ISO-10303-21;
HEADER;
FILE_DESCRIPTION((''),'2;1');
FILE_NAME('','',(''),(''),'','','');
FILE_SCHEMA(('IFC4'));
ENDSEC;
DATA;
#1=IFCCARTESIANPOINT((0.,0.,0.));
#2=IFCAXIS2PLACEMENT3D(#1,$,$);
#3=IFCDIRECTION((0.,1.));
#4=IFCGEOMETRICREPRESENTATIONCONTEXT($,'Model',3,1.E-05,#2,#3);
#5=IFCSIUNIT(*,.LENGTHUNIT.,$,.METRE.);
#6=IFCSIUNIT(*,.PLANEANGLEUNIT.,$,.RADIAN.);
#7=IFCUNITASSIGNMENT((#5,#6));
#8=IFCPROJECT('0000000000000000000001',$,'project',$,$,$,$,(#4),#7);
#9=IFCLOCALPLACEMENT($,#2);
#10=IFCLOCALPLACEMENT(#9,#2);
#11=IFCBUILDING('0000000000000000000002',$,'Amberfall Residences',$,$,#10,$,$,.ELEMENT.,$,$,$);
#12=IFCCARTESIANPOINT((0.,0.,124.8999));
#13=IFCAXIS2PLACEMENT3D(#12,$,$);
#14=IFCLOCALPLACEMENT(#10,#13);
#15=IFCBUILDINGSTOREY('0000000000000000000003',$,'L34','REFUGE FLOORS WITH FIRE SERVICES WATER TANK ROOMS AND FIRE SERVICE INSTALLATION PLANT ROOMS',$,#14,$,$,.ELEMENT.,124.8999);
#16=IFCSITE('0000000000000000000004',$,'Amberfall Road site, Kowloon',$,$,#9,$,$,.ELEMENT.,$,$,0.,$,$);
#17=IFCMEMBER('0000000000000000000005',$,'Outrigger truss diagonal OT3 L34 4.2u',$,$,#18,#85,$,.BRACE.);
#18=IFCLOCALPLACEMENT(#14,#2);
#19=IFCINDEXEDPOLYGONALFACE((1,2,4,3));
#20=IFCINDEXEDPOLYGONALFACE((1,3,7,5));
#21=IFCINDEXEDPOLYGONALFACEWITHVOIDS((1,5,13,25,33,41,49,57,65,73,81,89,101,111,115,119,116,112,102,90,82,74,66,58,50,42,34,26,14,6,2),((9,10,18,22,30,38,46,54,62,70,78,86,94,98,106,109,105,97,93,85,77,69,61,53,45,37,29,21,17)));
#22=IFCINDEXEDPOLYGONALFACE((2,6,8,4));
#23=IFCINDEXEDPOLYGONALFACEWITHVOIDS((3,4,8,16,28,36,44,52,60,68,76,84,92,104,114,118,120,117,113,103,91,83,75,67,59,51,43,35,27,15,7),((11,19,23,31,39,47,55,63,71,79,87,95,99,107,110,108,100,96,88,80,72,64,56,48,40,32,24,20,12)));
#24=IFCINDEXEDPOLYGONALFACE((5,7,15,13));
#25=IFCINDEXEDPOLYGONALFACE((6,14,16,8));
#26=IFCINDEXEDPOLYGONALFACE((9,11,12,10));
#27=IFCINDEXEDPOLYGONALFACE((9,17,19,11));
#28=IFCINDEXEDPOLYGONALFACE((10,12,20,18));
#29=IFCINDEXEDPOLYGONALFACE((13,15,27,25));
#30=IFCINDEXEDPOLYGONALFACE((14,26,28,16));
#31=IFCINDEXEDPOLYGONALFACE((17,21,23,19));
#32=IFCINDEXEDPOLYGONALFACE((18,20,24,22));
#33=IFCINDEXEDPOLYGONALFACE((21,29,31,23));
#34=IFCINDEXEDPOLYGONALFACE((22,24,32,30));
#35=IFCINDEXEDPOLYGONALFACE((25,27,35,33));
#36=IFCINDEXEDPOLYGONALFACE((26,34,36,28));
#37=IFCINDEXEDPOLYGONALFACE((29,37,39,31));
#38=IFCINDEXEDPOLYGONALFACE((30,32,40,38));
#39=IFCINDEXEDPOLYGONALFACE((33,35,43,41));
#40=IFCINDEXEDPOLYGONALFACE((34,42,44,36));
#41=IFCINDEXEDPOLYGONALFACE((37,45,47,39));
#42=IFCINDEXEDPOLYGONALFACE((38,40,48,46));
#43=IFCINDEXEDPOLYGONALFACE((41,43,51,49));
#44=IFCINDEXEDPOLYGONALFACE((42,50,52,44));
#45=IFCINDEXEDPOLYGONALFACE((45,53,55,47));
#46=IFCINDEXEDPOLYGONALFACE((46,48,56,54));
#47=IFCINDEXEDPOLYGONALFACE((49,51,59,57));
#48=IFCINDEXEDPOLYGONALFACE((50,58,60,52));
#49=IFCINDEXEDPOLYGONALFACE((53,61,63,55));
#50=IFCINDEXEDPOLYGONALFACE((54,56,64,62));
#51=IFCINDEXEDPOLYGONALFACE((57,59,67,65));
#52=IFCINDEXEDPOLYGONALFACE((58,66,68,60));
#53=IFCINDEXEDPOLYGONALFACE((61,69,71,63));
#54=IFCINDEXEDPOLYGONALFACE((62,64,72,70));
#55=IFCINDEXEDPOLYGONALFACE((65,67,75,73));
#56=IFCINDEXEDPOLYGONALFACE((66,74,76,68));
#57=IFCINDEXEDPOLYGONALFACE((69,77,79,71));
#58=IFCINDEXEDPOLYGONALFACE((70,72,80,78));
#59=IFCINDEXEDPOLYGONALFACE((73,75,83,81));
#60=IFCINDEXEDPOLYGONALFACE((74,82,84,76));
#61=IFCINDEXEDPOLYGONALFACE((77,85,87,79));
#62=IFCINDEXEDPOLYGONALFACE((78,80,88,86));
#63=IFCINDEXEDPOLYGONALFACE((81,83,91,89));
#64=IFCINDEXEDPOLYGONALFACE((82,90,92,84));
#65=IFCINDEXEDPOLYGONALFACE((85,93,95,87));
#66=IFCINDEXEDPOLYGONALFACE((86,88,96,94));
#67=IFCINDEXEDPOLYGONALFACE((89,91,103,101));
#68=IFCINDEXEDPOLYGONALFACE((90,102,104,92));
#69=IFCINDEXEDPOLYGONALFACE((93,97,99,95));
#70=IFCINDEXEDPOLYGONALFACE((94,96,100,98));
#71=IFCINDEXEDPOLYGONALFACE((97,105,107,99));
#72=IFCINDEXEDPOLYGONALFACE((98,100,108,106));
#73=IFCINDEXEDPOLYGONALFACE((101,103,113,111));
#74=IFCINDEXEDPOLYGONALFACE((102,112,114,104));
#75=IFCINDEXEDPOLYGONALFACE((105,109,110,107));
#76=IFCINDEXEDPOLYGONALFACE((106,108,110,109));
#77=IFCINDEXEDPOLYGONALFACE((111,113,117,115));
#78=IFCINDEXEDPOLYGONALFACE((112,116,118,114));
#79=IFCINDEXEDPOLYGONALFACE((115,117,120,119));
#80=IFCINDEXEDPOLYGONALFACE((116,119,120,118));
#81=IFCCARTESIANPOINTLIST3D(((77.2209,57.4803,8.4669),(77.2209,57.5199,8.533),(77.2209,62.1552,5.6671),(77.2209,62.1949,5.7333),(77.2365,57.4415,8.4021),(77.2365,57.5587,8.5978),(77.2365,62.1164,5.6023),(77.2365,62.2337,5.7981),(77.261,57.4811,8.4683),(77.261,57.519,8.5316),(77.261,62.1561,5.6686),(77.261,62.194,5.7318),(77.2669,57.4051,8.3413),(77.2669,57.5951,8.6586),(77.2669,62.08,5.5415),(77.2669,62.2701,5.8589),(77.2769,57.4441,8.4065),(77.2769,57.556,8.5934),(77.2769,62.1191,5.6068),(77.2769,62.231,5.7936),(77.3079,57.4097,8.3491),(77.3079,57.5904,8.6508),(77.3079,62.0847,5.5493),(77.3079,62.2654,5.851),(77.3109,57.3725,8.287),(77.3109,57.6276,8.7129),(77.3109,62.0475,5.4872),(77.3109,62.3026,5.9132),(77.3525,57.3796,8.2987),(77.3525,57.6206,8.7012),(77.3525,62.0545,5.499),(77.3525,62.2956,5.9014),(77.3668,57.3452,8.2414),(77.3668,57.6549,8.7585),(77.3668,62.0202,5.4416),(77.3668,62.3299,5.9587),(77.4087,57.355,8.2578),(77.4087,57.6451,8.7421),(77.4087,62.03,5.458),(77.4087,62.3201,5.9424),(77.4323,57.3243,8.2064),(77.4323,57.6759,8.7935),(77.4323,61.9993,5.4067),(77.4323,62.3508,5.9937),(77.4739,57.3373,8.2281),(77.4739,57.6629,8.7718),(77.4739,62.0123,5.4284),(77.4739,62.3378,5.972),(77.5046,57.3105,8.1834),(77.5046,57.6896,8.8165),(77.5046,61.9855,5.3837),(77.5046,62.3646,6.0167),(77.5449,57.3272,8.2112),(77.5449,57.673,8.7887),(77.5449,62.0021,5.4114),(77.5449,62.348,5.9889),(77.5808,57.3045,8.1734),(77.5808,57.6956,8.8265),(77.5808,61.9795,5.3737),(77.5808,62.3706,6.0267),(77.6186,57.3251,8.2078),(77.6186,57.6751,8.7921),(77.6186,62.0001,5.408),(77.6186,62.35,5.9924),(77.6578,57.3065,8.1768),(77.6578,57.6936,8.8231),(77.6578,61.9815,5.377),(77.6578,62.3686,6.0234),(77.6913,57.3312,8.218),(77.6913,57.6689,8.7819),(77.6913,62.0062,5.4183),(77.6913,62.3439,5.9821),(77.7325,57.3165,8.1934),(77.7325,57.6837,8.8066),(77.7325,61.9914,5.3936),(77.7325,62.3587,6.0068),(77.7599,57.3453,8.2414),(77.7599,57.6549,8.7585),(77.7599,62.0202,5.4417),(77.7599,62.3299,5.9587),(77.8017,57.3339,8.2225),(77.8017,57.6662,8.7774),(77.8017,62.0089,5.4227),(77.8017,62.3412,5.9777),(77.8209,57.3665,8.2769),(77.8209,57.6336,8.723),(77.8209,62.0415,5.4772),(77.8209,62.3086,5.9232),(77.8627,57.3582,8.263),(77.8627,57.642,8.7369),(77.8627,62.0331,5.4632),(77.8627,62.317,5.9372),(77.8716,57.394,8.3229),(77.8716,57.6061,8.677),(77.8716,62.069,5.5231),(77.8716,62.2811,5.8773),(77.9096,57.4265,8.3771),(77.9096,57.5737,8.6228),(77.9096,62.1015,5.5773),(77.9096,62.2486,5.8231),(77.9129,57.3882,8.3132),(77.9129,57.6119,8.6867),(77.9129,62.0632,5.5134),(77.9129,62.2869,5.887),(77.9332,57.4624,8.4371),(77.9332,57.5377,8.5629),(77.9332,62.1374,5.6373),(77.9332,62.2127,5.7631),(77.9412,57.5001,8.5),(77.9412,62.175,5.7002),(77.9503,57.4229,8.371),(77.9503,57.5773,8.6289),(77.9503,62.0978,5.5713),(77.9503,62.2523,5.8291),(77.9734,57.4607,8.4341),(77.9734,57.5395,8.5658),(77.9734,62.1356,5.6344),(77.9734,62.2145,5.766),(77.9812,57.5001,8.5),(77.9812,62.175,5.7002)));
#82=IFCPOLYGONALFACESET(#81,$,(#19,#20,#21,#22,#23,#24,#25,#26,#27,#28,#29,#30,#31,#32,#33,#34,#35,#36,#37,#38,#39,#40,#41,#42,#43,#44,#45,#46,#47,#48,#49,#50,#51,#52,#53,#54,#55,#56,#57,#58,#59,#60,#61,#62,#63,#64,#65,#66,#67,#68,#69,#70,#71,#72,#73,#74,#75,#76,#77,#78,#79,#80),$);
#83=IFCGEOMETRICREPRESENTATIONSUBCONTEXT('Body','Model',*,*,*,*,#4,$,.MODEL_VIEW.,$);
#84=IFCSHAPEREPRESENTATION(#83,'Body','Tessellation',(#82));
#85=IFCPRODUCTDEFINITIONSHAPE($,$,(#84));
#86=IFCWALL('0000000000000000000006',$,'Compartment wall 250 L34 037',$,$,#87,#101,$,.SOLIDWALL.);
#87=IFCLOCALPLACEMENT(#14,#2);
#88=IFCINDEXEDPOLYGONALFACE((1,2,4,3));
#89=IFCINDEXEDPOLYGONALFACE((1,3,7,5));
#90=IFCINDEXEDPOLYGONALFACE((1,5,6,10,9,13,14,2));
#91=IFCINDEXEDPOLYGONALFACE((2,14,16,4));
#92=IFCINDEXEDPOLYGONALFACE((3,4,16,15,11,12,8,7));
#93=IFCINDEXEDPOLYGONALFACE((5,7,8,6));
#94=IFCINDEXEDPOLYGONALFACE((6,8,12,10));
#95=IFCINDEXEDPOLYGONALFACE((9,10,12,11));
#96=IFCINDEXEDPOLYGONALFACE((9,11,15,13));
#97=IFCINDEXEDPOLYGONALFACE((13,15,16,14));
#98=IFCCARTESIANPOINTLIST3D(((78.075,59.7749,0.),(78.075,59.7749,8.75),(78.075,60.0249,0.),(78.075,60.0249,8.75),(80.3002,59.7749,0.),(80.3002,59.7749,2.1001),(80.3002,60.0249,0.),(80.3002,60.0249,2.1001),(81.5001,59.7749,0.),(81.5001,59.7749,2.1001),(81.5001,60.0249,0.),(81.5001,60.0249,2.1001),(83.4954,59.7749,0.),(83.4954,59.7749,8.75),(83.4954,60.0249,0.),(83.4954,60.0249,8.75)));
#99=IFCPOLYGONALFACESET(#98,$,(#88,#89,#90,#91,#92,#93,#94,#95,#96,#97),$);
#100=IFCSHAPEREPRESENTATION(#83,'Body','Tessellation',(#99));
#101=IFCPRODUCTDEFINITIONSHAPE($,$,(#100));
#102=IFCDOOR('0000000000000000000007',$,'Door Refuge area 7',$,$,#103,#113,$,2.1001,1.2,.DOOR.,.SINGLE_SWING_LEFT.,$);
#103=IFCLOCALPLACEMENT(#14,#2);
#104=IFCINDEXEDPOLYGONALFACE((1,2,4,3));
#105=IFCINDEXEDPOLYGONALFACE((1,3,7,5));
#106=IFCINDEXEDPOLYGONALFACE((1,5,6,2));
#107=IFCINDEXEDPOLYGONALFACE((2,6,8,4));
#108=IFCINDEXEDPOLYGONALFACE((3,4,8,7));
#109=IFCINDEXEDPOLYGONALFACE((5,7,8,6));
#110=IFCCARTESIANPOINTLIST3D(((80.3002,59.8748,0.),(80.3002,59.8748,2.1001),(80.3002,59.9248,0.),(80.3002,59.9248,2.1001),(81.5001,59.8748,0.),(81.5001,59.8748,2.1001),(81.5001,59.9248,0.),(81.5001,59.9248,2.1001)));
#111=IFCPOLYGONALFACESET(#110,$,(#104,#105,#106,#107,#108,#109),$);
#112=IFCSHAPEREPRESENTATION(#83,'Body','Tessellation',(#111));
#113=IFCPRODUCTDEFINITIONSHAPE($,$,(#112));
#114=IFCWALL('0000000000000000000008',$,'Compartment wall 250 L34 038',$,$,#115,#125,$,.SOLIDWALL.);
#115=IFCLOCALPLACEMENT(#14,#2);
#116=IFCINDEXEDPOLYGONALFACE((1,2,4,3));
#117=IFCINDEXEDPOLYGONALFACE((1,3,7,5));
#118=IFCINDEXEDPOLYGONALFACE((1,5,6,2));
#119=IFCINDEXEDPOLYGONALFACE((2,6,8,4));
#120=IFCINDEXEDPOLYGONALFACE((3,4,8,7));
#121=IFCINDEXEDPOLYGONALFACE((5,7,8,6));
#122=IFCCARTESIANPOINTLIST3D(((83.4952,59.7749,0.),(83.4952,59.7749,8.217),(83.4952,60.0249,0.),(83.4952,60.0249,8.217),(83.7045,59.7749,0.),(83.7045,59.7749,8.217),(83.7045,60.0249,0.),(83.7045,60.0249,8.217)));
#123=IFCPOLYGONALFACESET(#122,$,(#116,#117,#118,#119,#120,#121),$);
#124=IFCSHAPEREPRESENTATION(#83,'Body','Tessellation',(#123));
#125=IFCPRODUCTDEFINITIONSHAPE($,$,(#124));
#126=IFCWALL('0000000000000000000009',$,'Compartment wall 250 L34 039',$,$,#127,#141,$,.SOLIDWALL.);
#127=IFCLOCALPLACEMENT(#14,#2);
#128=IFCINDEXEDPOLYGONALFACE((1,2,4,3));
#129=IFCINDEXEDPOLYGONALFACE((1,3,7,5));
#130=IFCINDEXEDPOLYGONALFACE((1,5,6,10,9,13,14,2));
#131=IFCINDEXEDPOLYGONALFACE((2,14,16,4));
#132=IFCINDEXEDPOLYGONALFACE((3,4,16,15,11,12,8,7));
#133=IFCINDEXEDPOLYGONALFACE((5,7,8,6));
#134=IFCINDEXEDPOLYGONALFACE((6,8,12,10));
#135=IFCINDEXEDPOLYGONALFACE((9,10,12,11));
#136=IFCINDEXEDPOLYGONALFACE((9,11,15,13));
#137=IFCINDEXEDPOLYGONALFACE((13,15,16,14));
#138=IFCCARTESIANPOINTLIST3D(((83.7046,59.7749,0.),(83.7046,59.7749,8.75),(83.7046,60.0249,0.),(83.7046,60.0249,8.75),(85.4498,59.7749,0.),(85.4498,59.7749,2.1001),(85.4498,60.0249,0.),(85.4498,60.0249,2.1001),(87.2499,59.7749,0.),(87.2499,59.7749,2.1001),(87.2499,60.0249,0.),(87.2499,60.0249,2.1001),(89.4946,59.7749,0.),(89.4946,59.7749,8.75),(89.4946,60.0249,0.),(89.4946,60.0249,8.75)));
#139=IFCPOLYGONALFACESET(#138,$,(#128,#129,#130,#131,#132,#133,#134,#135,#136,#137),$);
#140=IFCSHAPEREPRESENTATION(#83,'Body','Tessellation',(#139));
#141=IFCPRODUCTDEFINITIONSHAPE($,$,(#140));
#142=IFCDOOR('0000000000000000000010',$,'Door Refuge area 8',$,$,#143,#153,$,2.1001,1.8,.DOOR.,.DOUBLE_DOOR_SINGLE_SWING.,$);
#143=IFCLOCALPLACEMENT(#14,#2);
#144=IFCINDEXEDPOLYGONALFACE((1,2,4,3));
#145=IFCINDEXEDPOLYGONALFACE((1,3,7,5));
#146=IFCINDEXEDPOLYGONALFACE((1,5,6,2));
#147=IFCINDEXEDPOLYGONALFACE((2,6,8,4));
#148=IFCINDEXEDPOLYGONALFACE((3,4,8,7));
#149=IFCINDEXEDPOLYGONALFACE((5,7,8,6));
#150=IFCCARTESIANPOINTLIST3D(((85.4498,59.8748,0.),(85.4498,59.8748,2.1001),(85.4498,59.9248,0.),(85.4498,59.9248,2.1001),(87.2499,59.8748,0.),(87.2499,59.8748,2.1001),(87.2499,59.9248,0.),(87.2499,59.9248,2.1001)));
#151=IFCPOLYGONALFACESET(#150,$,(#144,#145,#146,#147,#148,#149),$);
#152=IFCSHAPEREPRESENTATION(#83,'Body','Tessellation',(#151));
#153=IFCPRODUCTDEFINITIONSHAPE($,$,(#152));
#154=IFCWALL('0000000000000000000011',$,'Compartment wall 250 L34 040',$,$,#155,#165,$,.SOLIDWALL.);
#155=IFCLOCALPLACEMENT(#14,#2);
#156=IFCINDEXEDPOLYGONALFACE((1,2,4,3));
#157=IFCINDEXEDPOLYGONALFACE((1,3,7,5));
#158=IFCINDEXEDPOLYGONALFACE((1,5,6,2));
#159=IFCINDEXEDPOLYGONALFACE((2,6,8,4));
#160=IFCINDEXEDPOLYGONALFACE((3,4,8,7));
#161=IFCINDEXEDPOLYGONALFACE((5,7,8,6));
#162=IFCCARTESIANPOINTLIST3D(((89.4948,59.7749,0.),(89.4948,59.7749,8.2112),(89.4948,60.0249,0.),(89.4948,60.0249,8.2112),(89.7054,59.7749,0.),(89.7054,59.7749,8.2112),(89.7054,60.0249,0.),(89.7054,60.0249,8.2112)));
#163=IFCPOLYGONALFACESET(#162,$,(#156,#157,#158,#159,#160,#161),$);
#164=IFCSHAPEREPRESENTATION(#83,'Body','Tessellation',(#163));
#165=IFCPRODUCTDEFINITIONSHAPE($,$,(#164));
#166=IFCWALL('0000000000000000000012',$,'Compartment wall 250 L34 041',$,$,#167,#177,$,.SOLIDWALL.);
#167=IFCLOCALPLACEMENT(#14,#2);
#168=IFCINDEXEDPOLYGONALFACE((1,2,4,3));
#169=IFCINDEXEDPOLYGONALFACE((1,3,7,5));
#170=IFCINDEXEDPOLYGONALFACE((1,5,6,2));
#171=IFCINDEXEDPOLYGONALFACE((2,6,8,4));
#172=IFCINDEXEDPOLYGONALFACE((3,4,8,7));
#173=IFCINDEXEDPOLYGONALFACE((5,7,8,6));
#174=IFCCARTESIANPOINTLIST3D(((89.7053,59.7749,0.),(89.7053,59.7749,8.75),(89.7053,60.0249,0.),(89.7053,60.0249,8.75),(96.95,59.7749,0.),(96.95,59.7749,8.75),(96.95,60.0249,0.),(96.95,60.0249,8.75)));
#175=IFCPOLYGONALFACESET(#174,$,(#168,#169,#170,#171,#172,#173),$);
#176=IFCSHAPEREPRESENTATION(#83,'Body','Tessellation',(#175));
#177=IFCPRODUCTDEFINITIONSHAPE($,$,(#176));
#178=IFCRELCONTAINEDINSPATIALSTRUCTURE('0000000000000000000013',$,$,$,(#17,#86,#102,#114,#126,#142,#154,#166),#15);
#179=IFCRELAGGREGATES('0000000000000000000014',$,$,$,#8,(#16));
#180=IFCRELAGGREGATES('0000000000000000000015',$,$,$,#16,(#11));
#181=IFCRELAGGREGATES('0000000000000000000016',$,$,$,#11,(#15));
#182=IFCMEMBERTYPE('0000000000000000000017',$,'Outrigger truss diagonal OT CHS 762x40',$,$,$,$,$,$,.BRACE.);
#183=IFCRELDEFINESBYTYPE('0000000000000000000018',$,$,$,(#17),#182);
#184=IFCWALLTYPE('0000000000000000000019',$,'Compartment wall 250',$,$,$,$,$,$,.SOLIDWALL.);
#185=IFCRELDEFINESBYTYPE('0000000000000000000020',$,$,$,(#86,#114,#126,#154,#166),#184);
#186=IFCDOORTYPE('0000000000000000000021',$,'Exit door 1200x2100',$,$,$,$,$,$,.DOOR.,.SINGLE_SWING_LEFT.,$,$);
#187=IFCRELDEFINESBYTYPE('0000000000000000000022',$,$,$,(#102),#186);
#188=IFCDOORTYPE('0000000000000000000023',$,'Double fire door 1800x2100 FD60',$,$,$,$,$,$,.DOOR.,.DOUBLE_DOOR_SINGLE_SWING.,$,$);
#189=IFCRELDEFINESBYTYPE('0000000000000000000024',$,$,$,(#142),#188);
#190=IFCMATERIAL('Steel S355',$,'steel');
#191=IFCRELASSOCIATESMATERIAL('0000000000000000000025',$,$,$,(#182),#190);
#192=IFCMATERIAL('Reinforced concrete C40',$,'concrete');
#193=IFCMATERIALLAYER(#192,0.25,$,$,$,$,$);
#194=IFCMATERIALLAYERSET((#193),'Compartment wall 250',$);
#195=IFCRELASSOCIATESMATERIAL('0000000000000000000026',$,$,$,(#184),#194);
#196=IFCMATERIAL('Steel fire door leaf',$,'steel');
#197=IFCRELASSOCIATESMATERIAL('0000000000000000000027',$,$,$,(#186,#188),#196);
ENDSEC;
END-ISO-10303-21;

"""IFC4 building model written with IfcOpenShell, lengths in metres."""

from ifc_helpers import new_model, si_unit, direction, frame, frame_2d, origin, origin_2d, place, context, subcontext, project, spatial, rectangle, hollow_circle, extrude, material, layer, layer_set, material_profile, profile_set, type_object, element, fill, save


model = new_model("IFC4")

# Units and contexts
model_context = context("Model", 3, precision=1e-05, world=origin(), true_north=direction((0.0, 1.0)))
body_context = subcontext(model_context, "Body", "Model", "MODEL_VIEW")
ifc_project = project(units=[si_unit("LENGTHUNIT", "METRE"), si_unit("PLANEANGLEUNIT", "RADIAN")], contexts=[model_context])

# Site, building, storey
site_placement = place(None, origin())
site = spatial("IfcSite", under=ifc_project, at=site_placement, Name="Amberfall Road site, Kowloon", CompositionType="ELEMENT", RefElevation=0.0)
building_placement = place(site_placement, origin())
building = spatial("IfcBuilding", under=site, at=building_placement, Name="Amberfall Residences", CompositionType="ELEMENT")
storey_placement = place(building_placement, frame((0.0, 0.0, 124.8999)))
storey = spatial("IfcBuildingStorey", under=building, at=storey_placement, Name="L34", Description="REFUGE FLOORS WITH FIRE SERVICES WATER TANK ROOMS AND FIRE SERVICE INSTALLATION PLANT ROOMS", CompositionType="ELEMENT", Elevation=124.8999)

# Shared definitions
ifc_material_1 = material(Name="Steel S355", Category="steel")

# Member
ifc_material_profile_1 = material_profile(ifc_material_1, hollow_circle(Radius=0.3811, WallThickness=0.04, at=origin_2d()), Name="CHS 762x40")
ifc_profile_set_1 = profile_set([ifc_material_profile_1], Name="Steel S355")
member_type_1 = type_object("IfcMemberType", Name="Outrigger truss diagonal OT CHS 762x40", PredefinedType="BRACE", material=ifc_profile_set_1)
for number, where, z_axis, x_axis, name in (
    (1, (77.6001, 62.175, 5.7002), (0.0, -0.857916, 0.513791), (1.0, 0.0, 0.0), "Outrigger truss diagonal OT3 L34 4.2u"),
):
    element("IfcMember", number, at=place(storey_placement, frame(where, z_axis=z_axis, x_axis=x_axis)), inside=storey, type_object=member_type_1, Name=name, PredefinedType="BRACE", context=body_context, shape_type="SweptSolid", body=[
        extrude(hollow_circle(Radius=0.3811, WallThickness=0.04, at=origin_2d()), origin(), (0.0, 0.0, 1.0), 5.4492),
    ])

# Wall, opening, door
ifc_material_2 = material(Name="Reinforced concrete C40", Category="concrete")
ifc_layer = layer(ifc_material_2, 0.25)
ifc_layer_set = layer_set([ifc_layer], Name="Compartment wall 250")
wall_type = type_object("IfcWallType", Name="Compartment wall 250", PredefinedType="SOLIDWALL", material=ifc_layer_set)
wall_1_placement = place(storey_placement, frame((78.075, 59.8999, 0.0), z_axis=(0.0, 0.0, 1.0), x_axis=(1.0, 0.0, 0.0)))
wall_1 = element("IfcWall", 2, at=wall_1_placement, inside=storey, type_object=wall_type, Name="Compartment wall 250 L34 037", PredefinedType="SOLIDWALL", context=body_context, shape_type="SweptSolid", body=[
    extrude(rectangle(XDim=5.4204, YDim=0.25, at=frame_2d((2.7102, 0.0))), origin(), (0.0, 0.0, 1.0), 8.75),
])
opening_1_placement = place(wall_1_placement, frame((2.2251, 0.0, 0.0)))
opening_1 = element("IfcOpeningElement", 3, at=opening_1_placement, cuts=wall_1, PredefinedType="OPENING", context=body_context, shape_type="SweptSolid", body=[
    extrude(rectangle(XDim=1.2, YDim=2.1001, at=frame_2d((0.6001, 1.05))), frame((0.0, 0.135, 0.0), z_axis=(0.0, -1.0, 0.0), x_axis=(1.0, 0.0, 0.0)), (0.0, 0.0, 1.0), 0.27),
])
ifc_material_3 = material(Name="Steel fire door leaf", Category="steel")
door_type_1 = type_object("IfcDoorType", Name="Exit door 1200x2100", OperationType="SINGLE_SWING_LEFT", PredefinedType="DOOR", material=ifc_material_3)
door_1_placement = place(opening_1_placement, origin())
door_1 = element("IfcDoor", 4, at=door_1_placement, inside=storey, type_object=door_type_1, Name="Door Refuge area 7", OperationType="SINGLE_SWING_LEFT", OverallHeight=2.1001, OverallWidth=1.2, PredefinedType="DOOR", context=body_context, shape_type="SweptSolid", body=[
    extrude(rectangle(XDim=1.2, YDim=2.1001, at=frame_2d((0.6001, 1.05))), frame((0.0, 0.0249, 0.0), z_axis=(0.0, -1.0, 0.0), x_axis=(1.0, 0.0, 0.0)), (0.0, 0.0, 1.0), 0.05),
])
fill(opening_1, door_1)

# Wall
wall_2_placement = place(storey_placement, frame((83.4954, 59.8999, 0.0), z_axis=(0.0, 0.0, 1.0), x_axis=(1.0, 0.0, 0.0)))
element("IfcWall", 5, at=wall_2_placement, inside=storey, type_object=wall_type, Name="Compartment wall 250 L34 038", PredefinedType="SOLIDWALL", context=body_context, shape_type="SweptSolid", body=[
    extrude(rectangle(XDim=0.2092, YDim=0.25, at=frame_2d((0.1045, 0.0))), origin(), (0.0, 0.0, 1.0), 8.217),
])

# Wall, opening, door
wall_3_placement = place(storey_placement, frame((83.7046, 59.8999, 0.0), z_axis=(0.0, 0.0, 1.0), x_axis=(1.0, 0.0, 0.0)))
wall_3 = element("IfcWall", 6, at=wall_3_placement, inside=storey, type_object=wall_type, Name="Compartment wall 250 L34 039", PredefinedType="SOLIDWALL", context=body_context, shape_type="SweptSolid", body=[
    extrude(rectangle(XDim=5.79, YDim=0.25, at=frame_2d((2.895, 0.0))), origin(), (0.0, 0.0, 1.0), 8.75),
])
opening_2_placement = place(wall_3_placement, frame((1.7454, 0.0, 0.0)))
opening_2 = element("IfcOpeningElement", 7, at=opening_2_placement, cuts=wall_3, PredefinedType="OPENING", context=body_context, shape_type="SweptSolid", body=[
    extrude(rectangle(XDim=1.8, YDim=2.1001, at=frame_2d((0.8999, 1.05))), frame((0.0, 0.135, 0.0), z_axis=(0.0, -1.0, 0.0), x_axis=(1.0, 0.0, 0.0)), (0.0, 0.0, 1.0), 0.27),
])
door_type_2 = type_object("IfcDoorType", Name="Double fire door 1800x2100 FD60", OperationType="DOUBLE_DOOR_SINGLE_SWING", PredefinedType="DOOR", material=ifc_material_3)
door_2_placement = place(opening_2_placement, origin())
door_2 = element("IfcDoor", 8, at=door_2_placement, inside=storey, type_object=door_type_2, Name="Door Refuge area 8", OperationType="DOUBLE_DOOR_SINGLE_SWING", OverallHeight=2.1001, OverallWidth=1.8, PredefinedType="DOOR", context=body_context, shape_type="SweptSolid", body=[
    extrude(rectangle(XDim=1.8, YDim=2.1001, at=frame_2d((0.8999, 1.05))), frame((0.0, 0.0249, 0.0), z_axis=(0.0, -1.0, 0.0), x_axis=(1.0, 0.0, 0.0)), (0.0, 0.0, 1.0), 0.05),
])
fill(opening_2, door_2)

# Walls
wall_4_placement = place(storey_placement, frame((89.4946, 59.8999, 0.0), z_axis=(0.0, 0.0, 1.0), x_axis=(1.0, 0.0, 0.0)))
element("IfcWall", 9, at=wall_4_placement, inside=storey, type_object=wall_type, Name="Compartment wall 250 L34 040", PredefinedType="SOLIDWALL", context=body_context, shape_type="SweptSolid", body=[
    extrude(rectangle(XDim=0.2107, YDim=0.25, at=frame_2d((0.1055, 0.0))), origin(), (0.0, 0.0, 1.0), 8.2112),
])
wall_5_placement = place(storey_placement, frame((89.7053, 59.8999, 0.0), z_axis=(0.0, 0.0, 1.0), x_axis=(1.0, 0.0, 0.0)))
element("IfcWall", 10, at=wall_5_placement, inside=storey, type_object=wall_type, Name="Compartment wall 250 L34 041", PredefinedType="SOLIDWALL", context=body_context, shape_type="SweptSolid", body=[
    extrude(rectangle(XDim=7.2446, YDim=0.25, at=frame_2d((3.6223, 0.0))), origin(), (0.0, 0.0, 1.0), 8.75),
])

save(model, "model.ifc")
